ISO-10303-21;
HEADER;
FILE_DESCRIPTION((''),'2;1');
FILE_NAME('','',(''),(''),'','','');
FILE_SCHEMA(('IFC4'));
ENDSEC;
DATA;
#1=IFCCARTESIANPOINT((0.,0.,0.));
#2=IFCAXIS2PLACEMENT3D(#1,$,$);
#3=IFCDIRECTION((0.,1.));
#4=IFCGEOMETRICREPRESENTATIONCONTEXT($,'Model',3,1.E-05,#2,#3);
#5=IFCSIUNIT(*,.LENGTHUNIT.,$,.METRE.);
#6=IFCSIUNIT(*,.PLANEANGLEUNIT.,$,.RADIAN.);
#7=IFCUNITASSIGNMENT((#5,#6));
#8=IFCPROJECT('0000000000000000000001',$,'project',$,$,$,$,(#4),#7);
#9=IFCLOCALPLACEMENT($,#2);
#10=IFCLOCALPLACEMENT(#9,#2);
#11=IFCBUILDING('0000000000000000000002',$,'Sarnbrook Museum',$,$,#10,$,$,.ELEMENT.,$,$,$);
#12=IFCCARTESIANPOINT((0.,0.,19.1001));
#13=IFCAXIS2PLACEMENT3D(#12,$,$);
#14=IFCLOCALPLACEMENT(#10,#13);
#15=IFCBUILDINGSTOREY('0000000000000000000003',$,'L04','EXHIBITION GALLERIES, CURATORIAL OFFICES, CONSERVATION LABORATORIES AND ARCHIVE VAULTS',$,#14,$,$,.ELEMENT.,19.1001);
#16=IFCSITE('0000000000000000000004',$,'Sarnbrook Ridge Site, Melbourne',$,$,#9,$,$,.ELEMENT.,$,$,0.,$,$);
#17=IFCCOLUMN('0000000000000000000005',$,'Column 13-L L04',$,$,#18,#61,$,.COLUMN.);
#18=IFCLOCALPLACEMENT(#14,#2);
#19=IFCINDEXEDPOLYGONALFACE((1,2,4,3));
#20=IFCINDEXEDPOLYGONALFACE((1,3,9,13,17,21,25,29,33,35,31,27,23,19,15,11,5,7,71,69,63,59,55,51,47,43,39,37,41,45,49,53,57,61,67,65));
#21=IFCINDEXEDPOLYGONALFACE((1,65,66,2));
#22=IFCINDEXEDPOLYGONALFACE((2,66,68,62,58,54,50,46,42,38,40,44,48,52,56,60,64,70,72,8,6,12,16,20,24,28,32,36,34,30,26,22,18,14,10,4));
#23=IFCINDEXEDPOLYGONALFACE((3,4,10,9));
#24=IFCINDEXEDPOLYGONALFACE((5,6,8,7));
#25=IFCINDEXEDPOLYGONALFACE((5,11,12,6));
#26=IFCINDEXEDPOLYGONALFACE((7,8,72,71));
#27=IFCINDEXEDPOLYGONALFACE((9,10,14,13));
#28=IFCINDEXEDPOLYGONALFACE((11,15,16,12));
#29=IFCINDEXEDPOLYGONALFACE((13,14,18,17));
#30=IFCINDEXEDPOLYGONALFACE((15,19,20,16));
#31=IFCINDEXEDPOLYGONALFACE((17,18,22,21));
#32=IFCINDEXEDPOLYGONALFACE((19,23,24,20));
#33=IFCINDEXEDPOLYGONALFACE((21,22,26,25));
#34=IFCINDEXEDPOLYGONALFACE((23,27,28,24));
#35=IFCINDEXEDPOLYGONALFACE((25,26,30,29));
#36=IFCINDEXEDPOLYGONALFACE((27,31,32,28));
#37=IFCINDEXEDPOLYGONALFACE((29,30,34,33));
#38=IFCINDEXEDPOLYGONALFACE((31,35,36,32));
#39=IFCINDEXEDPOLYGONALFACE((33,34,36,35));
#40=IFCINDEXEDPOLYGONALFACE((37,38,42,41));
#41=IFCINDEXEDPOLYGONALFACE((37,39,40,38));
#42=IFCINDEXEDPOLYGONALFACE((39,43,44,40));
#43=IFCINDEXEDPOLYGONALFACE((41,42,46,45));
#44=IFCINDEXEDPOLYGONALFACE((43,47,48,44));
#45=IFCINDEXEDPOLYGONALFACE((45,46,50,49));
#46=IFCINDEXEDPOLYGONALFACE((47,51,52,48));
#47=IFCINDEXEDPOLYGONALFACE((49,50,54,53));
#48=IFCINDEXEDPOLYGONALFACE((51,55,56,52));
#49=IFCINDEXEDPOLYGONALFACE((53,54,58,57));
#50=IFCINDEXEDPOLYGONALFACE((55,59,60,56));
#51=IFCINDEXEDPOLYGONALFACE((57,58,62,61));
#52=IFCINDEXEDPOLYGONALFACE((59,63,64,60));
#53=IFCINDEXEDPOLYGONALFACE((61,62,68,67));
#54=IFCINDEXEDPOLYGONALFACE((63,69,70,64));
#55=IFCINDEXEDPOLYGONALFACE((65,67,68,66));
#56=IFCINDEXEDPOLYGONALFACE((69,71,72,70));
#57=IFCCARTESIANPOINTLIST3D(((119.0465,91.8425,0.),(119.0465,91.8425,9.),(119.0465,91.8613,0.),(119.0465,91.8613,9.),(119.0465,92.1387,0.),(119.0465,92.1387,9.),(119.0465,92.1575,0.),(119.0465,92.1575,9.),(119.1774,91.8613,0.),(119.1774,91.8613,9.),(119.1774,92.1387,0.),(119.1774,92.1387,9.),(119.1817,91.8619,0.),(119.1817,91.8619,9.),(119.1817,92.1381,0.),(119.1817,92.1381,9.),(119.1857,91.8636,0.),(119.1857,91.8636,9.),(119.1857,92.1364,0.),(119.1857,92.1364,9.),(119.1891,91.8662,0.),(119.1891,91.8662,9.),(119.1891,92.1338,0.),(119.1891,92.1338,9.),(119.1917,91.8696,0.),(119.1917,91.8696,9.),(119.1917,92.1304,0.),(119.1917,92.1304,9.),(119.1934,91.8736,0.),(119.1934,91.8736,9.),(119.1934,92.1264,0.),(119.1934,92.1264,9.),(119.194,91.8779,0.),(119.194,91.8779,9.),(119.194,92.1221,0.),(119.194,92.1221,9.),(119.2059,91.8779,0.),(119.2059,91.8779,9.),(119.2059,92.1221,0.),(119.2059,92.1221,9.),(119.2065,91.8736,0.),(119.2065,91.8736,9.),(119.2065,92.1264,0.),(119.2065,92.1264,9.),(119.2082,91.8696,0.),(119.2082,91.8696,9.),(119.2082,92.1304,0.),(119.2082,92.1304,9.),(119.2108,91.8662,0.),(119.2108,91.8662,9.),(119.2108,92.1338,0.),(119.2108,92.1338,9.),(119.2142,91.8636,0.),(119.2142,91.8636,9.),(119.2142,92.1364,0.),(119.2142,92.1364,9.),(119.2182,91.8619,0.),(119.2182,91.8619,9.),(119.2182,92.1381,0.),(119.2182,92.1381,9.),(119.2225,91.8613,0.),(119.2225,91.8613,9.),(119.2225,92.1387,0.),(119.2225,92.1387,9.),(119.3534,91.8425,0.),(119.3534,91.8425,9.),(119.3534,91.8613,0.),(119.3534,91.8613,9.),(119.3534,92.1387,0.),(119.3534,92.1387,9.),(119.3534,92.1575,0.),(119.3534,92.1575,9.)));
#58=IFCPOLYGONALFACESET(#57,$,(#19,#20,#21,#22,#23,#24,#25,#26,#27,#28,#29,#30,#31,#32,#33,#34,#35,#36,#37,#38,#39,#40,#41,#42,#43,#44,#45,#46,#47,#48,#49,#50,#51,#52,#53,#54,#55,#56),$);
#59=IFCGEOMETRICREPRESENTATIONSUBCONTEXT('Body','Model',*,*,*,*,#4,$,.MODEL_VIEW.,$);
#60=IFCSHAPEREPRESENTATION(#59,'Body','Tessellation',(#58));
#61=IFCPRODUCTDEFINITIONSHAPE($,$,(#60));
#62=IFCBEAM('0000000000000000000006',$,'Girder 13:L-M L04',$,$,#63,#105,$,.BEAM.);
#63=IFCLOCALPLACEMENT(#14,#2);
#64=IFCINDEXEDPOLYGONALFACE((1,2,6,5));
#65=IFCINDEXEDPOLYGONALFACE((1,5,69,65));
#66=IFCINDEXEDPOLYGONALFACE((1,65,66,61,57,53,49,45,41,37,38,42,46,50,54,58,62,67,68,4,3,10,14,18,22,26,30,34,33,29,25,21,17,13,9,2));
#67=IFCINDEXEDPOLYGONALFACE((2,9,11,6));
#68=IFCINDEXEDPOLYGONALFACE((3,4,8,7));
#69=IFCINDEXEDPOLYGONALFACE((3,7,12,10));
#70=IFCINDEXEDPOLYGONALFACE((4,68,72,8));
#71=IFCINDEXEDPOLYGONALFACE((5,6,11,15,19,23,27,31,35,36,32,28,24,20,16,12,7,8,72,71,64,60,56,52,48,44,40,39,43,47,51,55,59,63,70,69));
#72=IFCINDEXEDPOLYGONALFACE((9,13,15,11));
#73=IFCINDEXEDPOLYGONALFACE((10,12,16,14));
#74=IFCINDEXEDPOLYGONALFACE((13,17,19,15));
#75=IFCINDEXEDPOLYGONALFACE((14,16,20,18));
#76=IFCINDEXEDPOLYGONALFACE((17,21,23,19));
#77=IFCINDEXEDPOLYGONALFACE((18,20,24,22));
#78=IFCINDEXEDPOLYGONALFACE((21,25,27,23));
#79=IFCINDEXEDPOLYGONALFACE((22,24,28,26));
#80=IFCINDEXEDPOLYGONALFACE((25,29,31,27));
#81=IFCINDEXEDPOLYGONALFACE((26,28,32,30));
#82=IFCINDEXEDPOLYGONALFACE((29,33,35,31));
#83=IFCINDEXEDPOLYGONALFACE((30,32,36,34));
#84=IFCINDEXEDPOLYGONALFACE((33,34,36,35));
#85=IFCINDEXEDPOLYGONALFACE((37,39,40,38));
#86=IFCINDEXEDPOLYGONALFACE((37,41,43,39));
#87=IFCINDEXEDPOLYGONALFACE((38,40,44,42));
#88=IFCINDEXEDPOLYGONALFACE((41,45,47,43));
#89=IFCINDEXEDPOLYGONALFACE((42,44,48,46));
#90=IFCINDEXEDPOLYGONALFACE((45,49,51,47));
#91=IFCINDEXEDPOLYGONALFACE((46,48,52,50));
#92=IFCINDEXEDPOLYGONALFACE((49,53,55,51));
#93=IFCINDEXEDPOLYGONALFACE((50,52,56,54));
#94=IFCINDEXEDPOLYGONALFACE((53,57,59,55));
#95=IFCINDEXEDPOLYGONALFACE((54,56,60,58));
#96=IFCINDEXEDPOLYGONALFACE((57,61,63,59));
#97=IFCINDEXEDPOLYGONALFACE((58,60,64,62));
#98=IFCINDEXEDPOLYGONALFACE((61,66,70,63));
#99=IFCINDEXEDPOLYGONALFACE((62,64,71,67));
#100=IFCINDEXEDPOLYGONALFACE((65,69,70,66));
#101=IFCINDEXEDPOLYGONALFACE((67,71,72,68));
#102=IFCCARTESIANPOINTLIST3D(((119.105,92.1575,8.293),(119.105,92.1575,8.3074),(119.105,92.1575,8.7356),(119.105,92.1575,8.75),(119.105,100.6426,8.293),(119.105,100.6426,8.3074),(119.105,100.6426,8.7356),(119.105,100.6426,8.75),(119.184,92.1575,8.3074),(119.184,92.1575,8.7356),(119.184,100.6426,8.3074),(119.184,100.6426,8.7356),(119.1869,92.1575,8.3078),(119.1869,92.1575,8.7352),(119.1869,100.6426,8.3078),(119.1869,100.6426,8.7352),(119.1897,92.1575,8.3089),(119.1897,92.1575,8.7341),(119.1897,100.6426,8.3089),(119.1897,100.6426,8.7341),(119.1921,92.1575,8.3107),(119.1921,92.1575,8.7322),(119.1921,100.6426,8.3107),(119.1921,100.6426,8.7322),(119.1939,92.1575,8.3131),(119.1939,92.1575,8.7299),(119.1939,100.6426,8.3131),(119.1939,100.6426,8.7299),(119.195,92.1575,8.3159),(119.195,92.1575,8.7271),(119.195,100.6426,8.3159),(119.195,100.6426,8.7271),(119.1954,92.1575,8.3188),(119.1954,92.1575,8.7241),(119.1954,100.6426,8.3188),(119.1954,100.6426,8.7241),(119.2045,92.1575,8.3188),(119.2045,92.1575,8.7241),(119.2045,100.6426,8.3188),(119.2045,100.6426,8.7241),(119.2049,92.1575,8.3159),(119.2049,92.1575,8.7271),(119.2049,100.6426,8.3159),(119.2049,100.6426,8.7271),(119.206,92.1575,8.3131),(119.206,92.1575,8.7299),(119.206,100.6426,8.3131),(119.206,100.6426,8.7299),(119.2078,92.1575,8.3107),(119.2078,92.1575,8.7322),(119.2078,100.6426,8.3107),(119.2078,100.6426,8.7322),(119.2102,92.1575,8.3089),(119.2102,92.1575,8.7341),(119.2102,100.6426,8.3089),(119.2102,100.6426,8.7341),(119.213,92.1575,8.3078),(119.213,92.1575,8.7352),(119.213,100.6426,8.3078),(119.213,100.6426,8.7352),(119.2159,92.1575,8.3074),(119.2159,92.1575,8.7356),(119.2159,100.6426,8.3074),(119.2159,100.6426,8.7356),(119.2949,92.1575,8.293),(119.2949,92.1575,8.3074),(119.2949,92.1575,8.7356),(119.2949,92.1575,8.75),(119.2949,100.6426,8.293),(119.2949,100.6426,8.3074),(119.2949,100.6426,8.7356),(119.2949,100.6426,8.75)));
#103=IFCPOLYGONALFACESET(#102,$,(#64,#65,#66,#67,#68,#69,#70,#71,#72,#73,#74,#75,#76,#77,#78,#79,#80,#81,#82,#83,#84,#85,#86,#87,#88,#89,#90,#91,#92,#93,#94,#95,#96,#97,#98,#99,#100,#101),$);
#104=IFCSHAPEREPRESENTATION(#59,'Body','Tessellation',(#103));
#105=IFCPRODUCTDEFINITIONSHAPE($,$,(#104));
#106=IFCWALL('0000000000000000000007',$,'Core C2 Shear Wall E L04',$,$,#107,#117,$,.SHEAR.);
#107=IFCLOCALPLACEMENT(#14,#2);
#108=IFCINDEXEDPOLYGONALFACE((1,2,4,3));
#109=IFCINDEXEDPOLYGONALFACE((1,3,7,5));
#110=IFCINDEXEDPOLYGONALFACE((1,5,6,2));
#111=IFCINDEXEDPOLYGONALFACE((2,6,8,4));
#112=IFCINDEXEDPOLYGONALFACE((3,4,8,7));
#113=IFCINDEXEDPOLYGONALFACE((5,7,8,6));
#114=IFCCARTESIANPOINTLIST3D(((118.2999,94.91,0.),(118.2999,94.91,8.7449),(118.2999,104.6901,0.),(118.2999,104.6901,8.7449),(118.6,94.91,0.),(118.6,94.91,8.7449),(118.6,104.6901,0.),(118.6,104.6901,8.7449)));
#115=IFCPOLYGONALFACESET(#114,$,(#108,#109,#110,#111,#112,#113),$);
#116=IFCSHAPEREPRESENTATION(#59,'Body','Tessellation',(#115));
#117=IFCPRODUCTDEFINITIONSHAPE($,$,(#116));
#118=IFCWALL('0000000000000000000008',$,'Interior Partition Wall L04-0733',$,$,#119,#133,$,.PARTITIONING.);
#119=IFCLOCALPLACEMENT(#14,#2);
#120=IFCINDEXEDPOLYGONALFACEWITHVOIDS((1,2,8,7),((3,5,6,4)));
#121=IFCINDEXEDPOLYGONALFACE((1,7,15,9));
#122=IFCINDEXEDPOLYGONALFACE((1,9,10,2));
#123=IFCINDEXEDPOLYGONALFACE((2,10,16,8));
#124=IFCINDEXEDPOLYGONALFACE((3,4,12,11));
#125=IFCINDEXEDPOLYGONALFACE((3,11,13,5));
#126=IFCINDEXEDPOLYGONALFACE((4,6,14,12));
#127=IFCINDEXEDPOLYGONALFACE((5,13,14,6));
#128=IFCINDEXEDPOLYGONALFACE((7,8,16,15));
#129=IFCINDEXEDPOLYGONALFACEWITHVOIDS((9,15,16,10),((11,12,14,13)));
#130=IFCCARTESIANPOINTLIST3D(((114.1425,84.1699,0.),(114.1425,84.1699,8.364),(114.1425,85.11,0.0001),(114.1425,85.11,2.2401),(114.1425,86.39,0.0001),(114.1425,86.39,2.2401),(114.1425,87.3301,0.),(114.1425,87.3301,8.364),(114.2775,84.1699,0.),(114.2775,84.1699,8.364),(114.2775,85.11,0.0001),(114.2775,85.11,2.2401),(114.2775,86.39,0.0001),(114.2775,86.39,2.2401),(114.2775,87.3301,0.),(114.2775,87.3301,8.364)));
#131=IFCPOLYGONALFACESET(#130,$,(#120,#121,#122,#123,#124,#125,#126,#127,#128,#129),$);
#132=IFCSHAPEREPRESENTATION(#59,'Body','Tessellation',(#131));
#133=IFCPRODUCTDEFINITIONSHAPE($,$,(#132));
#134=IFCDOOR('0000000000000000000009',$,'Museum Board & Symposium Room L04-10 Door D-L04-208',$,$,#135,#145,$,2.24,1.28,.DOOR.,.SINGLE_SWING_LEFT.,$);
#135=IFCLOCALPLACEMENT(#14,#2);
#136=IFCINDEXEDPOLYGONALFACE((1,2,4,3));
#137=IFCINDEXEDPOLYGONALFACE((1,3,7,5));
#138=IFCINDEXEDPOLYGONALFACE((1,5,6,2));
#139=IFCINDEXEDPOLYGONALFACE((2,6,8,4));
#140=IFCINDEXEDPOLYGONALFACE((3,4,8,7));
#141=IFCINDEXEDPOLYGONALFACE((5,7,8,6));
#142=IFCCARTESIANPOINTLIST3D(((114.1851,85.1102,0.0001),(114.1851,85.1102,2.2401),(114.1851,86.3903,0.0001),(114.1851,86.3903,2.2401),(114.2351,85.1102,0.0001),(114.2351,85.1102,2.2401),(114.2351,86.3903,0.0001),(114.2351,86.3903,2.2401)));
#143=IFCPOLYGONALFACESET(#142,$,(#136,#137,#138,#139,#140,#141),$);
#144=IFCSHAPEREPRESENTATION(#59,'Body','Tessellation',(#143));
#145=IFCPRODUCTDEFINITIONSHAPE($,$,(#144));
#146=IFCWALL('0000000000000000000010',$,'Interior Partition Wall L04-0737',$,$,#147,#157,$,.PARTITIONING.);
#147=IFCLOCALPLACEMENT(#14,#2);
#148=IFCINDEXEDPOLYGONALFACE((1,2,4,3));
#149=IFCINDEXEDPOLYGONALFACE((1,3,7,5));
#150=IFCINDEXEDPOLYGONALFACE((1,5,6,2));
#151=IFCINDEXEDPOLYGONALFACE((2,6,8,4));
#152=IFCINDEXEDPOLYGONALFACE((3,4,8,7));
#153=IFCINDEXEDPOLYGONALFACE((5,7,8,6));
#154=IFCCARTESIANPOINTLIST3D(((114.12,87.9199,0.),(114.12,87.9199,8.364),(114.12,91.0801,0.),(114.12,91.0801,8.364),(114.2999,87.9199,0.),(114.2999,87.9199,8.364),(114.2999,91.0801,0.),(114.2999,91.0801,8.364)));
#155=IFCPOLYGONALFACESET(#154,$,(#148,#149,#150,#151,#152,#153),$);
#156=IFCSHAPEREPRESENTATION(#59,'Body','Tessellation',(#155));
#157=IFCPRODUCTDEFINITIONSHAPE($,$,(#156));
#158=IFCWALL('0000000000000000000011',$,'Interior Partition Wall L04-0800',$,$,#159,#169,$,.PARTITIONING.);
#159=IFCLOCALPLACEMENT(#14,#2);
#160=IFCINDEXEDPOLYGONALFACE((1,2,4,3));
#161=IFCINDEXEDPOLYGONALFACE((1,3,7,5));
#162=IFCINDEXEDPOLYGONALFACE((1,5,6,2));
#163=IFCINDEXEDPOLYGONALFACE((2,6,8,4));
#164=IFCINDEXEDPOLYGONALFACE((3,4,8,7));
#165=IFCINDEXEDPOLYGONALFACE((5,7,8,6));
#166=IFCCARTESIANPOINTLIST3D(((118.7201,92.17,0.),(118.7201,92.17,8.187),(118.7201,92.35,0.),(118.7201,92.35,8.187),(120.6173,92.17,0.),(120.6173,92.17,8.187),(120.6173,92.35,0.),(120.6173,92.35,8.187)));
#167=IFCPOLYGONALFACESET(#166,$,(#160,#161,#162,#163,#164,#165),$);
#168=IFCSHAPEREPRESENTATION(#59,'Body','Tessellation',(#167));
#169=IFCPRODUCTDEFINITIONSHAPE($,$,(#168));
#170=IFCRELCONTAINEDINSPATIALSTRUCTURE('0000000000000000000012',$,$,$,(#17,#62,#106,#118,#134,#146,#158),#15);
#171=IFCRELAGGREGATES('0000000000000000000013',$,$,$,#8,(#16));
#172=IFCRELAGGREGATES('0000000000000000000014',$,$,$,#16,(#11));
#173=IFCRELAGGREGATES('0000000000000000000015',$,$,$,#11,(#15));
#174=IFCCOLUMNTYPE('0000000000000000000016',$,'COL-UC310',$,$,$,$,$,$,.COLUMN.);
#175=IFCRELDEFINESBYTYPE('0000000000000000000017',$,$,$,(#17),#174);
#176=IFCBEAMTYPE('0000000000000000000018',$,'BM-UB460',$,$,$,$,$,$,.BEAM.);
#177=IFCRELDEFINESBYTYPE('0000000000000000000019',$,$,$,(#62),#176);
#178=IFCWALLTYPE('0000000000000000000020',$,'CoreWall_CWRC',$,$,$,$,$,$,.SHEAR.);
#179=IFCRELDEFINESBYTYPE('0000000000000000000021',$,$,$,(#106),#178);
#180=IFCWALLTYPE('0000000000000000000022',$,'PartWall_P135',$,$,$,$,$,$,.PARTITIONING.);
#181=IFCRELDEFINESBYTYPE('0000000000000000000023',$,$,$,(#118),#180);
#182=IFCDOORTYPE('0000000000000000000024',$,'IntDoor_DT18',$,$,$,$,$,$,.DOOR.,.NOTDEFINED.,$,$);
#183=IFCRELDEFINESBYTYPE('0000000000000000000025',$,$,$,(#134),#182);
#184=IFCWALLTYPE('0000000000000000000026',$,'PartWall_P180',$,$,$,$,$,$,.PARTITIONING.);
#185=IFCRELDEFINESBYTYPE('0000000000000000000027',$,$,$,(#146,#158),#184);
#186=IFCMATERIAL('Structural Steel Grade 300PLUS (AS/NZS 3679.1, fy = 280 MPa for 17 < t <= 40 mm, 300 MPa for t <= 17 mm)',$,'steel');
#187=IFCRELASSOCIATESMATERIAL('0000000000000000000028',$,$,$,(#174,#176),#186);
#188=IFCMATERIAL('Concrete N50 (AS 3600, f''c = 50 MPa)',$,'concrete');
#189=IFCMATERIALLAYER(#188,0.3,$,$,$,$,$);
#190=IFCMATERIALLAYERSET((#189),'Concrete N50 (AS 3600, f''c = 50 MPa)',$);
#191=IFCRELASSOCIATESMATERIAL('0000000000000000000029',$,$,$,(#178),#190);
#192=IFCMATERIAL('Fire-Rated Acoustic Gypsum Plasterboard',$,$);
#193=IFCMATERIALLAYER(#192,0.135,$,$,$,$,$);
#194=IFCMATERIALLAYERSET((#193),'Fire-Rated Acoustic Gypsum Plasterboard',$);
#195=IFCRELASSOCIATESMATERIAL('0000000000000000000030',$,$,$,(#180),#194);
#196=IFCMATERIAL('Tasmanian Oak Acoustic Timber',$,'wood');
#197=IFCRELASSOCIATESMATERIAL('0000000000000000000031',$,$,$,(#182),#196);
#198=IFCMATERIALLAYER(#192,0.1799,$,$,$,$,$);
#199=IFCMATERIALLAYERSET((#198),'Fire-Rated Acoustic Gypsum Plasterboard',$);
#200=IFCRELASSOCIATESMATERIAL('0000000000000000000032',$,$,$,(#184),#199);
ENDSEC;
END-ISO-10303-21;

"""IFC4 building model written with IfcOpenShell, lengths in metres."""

from ifc_helpers import new_model, si_unit, direction, frame, frame_2d, origin, origin_2d, place, context, subcontext, project, spatial, rectangle, i_section, extrude, material, layer, layer_set, material_profile, profile_set, type_object, element, fill, save


model = new_model("IFC4")

# Units and contexts
model_context = context("Model", 3, precision=1e-05, world=origin(), true_north=direction((0.0, 1.0)))
body_context = subcontext(model_context, "Body", "Model", "MODEL_VIEW")
ifc_project = project(units=[si_unit("LENGTHUNIT", "METRE"), si_unit("PLANEANGLEUNIT", "RADIAN")], contexts=[model_context])

# Site, building, storey
site_placement = place(None, origin())
site = spatial("IfcSite", under=ifc_project, at=site_placement, Name="Sarnbrook Ridge Site, Melbourne", CompositionType="ELEMENT", RefElevation=0.0)
building_placement = place(site_placement, origin())
building = spatial("IfcBuilding", under=site, at=building_placement, Name="Sarnbrook Museum", CompositionType="ELEMENT")
storey_placement = place(building_placement, frame((0.0, 0.0, 19.1001)))
storey = spatial("IfcBuildingStorey", under=building, at=storey_placement, Name="L04", Description="EXHIBITION GALLERIES, CURATORIAL OFFICES, CONSERVATION LABORATORIES AND ARCHIVE VAULTS", CompositionType="ELEMENT", Elevation=19.1001)

# Column
ifc_material_1 = material(Name="Structural Steel Grade 300PLUS (AS/NZS 3679.1, fy = 280 MPa for 17 < t <= 40 mm, 300 MPa for t <= 17 mm)", Category="steel")
ifc_material_profile_1 = material_profile(ifc_material_1, i_section(OverallWidth=0.3069, OverallDepth=0.3149, WebThickness=0.012, FlangeThickness=0.0188, FilletRadius=0.0166, at=origin_2d()), Name="310UC118")
ifc_profile_set_1 = profile_set([ifc_material_profile_1], Name="Structural Steel Grade 300PLUS (AS/NZS 3679.1, fy = 280 MPa for 17 < t <= 40 mm, 300 MPa for t <= 17 mm)")
column_type = type_object("IfcColumnType", Name="COL-UC310", PredefinedType="COLUMN", material=ifc_profile_set_1)
column_placement = place(storey_placement, frame((119.2, 92.0, 0.0), z_axis=(0.0, 0.0, 1.0), x_axis=(1.0, 0.0, 0.0)))
element("IfcColumn", 1, at=column_placement, inside=storey, type_object=column_type, Name="Column 13-L L04", PredefinedType="COLUMN", context=body_context, shape_type="SweptSolid", body=[
    extrude(i_section(OverallWidth=0.3069, OverallDepth=0.3149, WebThickness=0.012, FlangeThickness=0.0188, FilletRadius=0.0166, at=origin_2d()), origin(), (0.0, 0.0, 1.0), 9.0),
])

# Beam
ifc_material_profile_2 = material_profile(ifc_material_1, i_section(OverallWidth=0.1899, OverallDepth=0.457, WebThickness=0.009, FlangeThickness=0.0144, FilletRadius=0.0115, at=origin_2d()), Name="460UB74.6")
ifc_profile_set_2 = profile_set([ifc_material_profile_2], Name="Structural Steel Grade 300PLUS (AS/NZS 3679.1, fy = 280 MPa for 17 < t <= 40 mm, 300 MPa for t <= 17 mm)")
beam_type = type_object("IfcBeamType", Name="BM-UB460", PredefinedType="BEAM", material=ifc_profile_set_2)
beam_placement = place(storey_placement, frame((119.2, 92.1575, 8.5215), z_axis=(0.0, 1.0, 0.0), x_axis=(-1.0, 0.0, 0.0)))
element("IfcBeam", 2, at=beam_placement, inside=storey, type_object=beam_type, Name="Girder 13:L-M L04", PredefinedType="BEAM", context=body_context, shape_type="SweptSolid", body=[
    extrude(i_section(OverallWidth=0.1899, OverallDepth=0.457, WebThickness=0.009, FlangeThickness=0.0144, FilletRadius=0.0115, at=origin_2d()), origin(), (0.0, 0.0, 1.0), 8.4851),
])

# Wall
ifc_material_2 = material(Name="Concrete N50 (AS 3600, f'c = 50 MPa)", Category="concrete")
ifc_layer_1 = layer(ifc_material_2, 0.3)
ifc_layer_set_1 = layer_set([ifc_layer_1], Name="Concrete N50 (AS 3600, f'c = 50 MPa)")
wall_type_1 = type_object("IfcWallType", Name="CoreWall_CWRC", PredefinedType="SHEAR", material=ifc_layer_set_1)
wall_1_placement = place(storey_placement, frame((118.45, 94.9099, 0.0), z_axis=(0.0, 0.0, 1.0), x_axis=(0.0, 1.0, 0.0)))
element("IfcWall", 3, at=wall_1_placement, inside=storey, type_object=wall_type_1, Name="Core C2 Shear Wall E L04", PredefinedType="SHEAR", context=body_context, shape_type="SweptSolid", body=[
    extrude(rectangle(XDim=9.78, YDim=0.3, at=frame_2d((4.8901, 0.0))), origin(), (0.0, 0.0, 1.0), 8.7449),
])

# Wall, opening, door
ifc_material_3 = material(Name="Fire-Rated Acoustic Gypsum Plasterboard")
ifc_layer_2 = layer(ifc_material_3, 0.135)
ifc_layer_set_2 = layer_set([ifc_layer_2], Name="Fire-Rated Acoustic Gypsum Plasterboard")
wall_type_2 = type_object("IfcWallType", Name="PartWall_P135", PredefinedType="PARTITIONING", material=ifc_layer_set_2)
wall_2_placement = place(storey_placement, frame((114.21, 87.3301, 0.0), z_axis=(0.0, 0.0, 1.0), x_axis=(0.0, -1.0, 0.0)))
wall_2 = element("IfcWall", 4, at=wall_2_placement, inside=storey, type_object=wall_type_2, Name="Interior Partition Wall L04-0733", PredefinedType="PARTITIONING", context=body_context, shape_type="SweptSolid", body=[
    extrude(rectangle(XDim=3.1602, YDim=0.135, at=frame_2d((1.5801, 0.0))), origin(), (0.0, 0.0, 1.0), 8.364),
])
opening_1_placement = place(wall_2_placement, frame((0.9399, 0.0, 0.0)))
opening_1 = element("IfcOpeningElement", 5, at=opening_1_placement, cuts=wall_2, PredefinedType="OPENING", context=body_context, shape_type="SweptSolid", body=[
    extrude(rectangle(XDim=1.28, YDim=2.24, at=frame_2d((0.6401, 1.1201))), frame((0.0, 0.0776, 0.0), z_axis=(0.0, -1.0, 0.0), x_axis=(1.0, 0.0, 0.0)), (0.0, 0.0, 1.0), 0.155),
])
ifc_material_4 = material(Name="Tasmanian Oak Acoustic Timber", Category="wood")
door_type_1 = type_object("IfcDoorType", Name="IntDoor_DT18", OperationType="NOTDEFINED", PredefinedType="DOOR", material=ifc_material_4)
door_1_placement = place(opening_1_placement, frame((1.28, 0.0, 0.0), z_axis=(0.0, 0.0, 1.0), x_axis=(-1.0, 0.0, 0.0)))
door_1 = element("IfcDoor", 6, at=door_1_placement, inside=storey, type_object=door_type_1, Name="Museum Board & Symposium Room L04-10 Door D-L04-208", OperationType="SINGLE_SWING_LEFT", OverallHeight=2.24, OverallWidth=1.28, PredefinedType="DOOR", context=body_context, shape_type="SweptSolid", body=[
    extrude(rectangle(XDim=1.28, YDim=2.24, at=frame_2d((0.6401, 1.1201))), frame((0.0, 0.0249, 0.0), z_axis=(0.0, -1.0, 0.0), x_axis=(1.0, 0.0, 0.0)), (0.0, 0.0, 1.0), 0.05),
])
fill(opening_1, door_1)

# Walls
ifc_layer_3 = layer(ifc_material_3, 0.1799)
ifc_layer_set_3 = layer_set([ifc_layer_3], Name="Fire-Rated Acoustic Gypsum Plasterboard")
wall_type_3 = type_object("IfcWallType", Name="PartWall_P180", PredefinedType="PARTITIONING", material=ifc_layer_set_3)
wall_3_placement = place(storey_placement, frame((114.21, 91.0801, 0.0), z_axis=(0.0, 0.0, 1.0), x_axis=(0.0, -1.0, 0.0)))
element("IfcWall", 7, at=wall_3_placement, inside=storey, type_object=wall_type_3, Name="Interior Partition Wall L04-0737", PredefinedType="PARTITIONING", context=body_context, shape_type="SweptSolid", body=[
    extrude(rectangle(XDim=3.1602, YDim=0.1799, at=frame_2d((1.5801, 0.0))), origin(), (0.0, 0.0, 1.0), 8.364),
])
wall_4_placement = place(storey_placement, frame((118.72, 92.26, 0.0), z_axis=(0.0, 0.0, 1.0), x_axis=(1.0, 0.0, 0.0)))
element("IfcWall", 8, at=wall_4_placement, inside=storey, type_object=wall_type_3, Name="Interior Partition Wall L04-0800", PredefinedType="PARTITIONING", context=body_context, shape_type="SweptSolid", body=[
    extrude(rectangle(XDim=1.8972, YDim=0.1799, at=frame_2d((0.9487, 0.0))), origin(), (0.0, 0.0, 1.0), 8.187),
])

save(model, "model.ifc")
